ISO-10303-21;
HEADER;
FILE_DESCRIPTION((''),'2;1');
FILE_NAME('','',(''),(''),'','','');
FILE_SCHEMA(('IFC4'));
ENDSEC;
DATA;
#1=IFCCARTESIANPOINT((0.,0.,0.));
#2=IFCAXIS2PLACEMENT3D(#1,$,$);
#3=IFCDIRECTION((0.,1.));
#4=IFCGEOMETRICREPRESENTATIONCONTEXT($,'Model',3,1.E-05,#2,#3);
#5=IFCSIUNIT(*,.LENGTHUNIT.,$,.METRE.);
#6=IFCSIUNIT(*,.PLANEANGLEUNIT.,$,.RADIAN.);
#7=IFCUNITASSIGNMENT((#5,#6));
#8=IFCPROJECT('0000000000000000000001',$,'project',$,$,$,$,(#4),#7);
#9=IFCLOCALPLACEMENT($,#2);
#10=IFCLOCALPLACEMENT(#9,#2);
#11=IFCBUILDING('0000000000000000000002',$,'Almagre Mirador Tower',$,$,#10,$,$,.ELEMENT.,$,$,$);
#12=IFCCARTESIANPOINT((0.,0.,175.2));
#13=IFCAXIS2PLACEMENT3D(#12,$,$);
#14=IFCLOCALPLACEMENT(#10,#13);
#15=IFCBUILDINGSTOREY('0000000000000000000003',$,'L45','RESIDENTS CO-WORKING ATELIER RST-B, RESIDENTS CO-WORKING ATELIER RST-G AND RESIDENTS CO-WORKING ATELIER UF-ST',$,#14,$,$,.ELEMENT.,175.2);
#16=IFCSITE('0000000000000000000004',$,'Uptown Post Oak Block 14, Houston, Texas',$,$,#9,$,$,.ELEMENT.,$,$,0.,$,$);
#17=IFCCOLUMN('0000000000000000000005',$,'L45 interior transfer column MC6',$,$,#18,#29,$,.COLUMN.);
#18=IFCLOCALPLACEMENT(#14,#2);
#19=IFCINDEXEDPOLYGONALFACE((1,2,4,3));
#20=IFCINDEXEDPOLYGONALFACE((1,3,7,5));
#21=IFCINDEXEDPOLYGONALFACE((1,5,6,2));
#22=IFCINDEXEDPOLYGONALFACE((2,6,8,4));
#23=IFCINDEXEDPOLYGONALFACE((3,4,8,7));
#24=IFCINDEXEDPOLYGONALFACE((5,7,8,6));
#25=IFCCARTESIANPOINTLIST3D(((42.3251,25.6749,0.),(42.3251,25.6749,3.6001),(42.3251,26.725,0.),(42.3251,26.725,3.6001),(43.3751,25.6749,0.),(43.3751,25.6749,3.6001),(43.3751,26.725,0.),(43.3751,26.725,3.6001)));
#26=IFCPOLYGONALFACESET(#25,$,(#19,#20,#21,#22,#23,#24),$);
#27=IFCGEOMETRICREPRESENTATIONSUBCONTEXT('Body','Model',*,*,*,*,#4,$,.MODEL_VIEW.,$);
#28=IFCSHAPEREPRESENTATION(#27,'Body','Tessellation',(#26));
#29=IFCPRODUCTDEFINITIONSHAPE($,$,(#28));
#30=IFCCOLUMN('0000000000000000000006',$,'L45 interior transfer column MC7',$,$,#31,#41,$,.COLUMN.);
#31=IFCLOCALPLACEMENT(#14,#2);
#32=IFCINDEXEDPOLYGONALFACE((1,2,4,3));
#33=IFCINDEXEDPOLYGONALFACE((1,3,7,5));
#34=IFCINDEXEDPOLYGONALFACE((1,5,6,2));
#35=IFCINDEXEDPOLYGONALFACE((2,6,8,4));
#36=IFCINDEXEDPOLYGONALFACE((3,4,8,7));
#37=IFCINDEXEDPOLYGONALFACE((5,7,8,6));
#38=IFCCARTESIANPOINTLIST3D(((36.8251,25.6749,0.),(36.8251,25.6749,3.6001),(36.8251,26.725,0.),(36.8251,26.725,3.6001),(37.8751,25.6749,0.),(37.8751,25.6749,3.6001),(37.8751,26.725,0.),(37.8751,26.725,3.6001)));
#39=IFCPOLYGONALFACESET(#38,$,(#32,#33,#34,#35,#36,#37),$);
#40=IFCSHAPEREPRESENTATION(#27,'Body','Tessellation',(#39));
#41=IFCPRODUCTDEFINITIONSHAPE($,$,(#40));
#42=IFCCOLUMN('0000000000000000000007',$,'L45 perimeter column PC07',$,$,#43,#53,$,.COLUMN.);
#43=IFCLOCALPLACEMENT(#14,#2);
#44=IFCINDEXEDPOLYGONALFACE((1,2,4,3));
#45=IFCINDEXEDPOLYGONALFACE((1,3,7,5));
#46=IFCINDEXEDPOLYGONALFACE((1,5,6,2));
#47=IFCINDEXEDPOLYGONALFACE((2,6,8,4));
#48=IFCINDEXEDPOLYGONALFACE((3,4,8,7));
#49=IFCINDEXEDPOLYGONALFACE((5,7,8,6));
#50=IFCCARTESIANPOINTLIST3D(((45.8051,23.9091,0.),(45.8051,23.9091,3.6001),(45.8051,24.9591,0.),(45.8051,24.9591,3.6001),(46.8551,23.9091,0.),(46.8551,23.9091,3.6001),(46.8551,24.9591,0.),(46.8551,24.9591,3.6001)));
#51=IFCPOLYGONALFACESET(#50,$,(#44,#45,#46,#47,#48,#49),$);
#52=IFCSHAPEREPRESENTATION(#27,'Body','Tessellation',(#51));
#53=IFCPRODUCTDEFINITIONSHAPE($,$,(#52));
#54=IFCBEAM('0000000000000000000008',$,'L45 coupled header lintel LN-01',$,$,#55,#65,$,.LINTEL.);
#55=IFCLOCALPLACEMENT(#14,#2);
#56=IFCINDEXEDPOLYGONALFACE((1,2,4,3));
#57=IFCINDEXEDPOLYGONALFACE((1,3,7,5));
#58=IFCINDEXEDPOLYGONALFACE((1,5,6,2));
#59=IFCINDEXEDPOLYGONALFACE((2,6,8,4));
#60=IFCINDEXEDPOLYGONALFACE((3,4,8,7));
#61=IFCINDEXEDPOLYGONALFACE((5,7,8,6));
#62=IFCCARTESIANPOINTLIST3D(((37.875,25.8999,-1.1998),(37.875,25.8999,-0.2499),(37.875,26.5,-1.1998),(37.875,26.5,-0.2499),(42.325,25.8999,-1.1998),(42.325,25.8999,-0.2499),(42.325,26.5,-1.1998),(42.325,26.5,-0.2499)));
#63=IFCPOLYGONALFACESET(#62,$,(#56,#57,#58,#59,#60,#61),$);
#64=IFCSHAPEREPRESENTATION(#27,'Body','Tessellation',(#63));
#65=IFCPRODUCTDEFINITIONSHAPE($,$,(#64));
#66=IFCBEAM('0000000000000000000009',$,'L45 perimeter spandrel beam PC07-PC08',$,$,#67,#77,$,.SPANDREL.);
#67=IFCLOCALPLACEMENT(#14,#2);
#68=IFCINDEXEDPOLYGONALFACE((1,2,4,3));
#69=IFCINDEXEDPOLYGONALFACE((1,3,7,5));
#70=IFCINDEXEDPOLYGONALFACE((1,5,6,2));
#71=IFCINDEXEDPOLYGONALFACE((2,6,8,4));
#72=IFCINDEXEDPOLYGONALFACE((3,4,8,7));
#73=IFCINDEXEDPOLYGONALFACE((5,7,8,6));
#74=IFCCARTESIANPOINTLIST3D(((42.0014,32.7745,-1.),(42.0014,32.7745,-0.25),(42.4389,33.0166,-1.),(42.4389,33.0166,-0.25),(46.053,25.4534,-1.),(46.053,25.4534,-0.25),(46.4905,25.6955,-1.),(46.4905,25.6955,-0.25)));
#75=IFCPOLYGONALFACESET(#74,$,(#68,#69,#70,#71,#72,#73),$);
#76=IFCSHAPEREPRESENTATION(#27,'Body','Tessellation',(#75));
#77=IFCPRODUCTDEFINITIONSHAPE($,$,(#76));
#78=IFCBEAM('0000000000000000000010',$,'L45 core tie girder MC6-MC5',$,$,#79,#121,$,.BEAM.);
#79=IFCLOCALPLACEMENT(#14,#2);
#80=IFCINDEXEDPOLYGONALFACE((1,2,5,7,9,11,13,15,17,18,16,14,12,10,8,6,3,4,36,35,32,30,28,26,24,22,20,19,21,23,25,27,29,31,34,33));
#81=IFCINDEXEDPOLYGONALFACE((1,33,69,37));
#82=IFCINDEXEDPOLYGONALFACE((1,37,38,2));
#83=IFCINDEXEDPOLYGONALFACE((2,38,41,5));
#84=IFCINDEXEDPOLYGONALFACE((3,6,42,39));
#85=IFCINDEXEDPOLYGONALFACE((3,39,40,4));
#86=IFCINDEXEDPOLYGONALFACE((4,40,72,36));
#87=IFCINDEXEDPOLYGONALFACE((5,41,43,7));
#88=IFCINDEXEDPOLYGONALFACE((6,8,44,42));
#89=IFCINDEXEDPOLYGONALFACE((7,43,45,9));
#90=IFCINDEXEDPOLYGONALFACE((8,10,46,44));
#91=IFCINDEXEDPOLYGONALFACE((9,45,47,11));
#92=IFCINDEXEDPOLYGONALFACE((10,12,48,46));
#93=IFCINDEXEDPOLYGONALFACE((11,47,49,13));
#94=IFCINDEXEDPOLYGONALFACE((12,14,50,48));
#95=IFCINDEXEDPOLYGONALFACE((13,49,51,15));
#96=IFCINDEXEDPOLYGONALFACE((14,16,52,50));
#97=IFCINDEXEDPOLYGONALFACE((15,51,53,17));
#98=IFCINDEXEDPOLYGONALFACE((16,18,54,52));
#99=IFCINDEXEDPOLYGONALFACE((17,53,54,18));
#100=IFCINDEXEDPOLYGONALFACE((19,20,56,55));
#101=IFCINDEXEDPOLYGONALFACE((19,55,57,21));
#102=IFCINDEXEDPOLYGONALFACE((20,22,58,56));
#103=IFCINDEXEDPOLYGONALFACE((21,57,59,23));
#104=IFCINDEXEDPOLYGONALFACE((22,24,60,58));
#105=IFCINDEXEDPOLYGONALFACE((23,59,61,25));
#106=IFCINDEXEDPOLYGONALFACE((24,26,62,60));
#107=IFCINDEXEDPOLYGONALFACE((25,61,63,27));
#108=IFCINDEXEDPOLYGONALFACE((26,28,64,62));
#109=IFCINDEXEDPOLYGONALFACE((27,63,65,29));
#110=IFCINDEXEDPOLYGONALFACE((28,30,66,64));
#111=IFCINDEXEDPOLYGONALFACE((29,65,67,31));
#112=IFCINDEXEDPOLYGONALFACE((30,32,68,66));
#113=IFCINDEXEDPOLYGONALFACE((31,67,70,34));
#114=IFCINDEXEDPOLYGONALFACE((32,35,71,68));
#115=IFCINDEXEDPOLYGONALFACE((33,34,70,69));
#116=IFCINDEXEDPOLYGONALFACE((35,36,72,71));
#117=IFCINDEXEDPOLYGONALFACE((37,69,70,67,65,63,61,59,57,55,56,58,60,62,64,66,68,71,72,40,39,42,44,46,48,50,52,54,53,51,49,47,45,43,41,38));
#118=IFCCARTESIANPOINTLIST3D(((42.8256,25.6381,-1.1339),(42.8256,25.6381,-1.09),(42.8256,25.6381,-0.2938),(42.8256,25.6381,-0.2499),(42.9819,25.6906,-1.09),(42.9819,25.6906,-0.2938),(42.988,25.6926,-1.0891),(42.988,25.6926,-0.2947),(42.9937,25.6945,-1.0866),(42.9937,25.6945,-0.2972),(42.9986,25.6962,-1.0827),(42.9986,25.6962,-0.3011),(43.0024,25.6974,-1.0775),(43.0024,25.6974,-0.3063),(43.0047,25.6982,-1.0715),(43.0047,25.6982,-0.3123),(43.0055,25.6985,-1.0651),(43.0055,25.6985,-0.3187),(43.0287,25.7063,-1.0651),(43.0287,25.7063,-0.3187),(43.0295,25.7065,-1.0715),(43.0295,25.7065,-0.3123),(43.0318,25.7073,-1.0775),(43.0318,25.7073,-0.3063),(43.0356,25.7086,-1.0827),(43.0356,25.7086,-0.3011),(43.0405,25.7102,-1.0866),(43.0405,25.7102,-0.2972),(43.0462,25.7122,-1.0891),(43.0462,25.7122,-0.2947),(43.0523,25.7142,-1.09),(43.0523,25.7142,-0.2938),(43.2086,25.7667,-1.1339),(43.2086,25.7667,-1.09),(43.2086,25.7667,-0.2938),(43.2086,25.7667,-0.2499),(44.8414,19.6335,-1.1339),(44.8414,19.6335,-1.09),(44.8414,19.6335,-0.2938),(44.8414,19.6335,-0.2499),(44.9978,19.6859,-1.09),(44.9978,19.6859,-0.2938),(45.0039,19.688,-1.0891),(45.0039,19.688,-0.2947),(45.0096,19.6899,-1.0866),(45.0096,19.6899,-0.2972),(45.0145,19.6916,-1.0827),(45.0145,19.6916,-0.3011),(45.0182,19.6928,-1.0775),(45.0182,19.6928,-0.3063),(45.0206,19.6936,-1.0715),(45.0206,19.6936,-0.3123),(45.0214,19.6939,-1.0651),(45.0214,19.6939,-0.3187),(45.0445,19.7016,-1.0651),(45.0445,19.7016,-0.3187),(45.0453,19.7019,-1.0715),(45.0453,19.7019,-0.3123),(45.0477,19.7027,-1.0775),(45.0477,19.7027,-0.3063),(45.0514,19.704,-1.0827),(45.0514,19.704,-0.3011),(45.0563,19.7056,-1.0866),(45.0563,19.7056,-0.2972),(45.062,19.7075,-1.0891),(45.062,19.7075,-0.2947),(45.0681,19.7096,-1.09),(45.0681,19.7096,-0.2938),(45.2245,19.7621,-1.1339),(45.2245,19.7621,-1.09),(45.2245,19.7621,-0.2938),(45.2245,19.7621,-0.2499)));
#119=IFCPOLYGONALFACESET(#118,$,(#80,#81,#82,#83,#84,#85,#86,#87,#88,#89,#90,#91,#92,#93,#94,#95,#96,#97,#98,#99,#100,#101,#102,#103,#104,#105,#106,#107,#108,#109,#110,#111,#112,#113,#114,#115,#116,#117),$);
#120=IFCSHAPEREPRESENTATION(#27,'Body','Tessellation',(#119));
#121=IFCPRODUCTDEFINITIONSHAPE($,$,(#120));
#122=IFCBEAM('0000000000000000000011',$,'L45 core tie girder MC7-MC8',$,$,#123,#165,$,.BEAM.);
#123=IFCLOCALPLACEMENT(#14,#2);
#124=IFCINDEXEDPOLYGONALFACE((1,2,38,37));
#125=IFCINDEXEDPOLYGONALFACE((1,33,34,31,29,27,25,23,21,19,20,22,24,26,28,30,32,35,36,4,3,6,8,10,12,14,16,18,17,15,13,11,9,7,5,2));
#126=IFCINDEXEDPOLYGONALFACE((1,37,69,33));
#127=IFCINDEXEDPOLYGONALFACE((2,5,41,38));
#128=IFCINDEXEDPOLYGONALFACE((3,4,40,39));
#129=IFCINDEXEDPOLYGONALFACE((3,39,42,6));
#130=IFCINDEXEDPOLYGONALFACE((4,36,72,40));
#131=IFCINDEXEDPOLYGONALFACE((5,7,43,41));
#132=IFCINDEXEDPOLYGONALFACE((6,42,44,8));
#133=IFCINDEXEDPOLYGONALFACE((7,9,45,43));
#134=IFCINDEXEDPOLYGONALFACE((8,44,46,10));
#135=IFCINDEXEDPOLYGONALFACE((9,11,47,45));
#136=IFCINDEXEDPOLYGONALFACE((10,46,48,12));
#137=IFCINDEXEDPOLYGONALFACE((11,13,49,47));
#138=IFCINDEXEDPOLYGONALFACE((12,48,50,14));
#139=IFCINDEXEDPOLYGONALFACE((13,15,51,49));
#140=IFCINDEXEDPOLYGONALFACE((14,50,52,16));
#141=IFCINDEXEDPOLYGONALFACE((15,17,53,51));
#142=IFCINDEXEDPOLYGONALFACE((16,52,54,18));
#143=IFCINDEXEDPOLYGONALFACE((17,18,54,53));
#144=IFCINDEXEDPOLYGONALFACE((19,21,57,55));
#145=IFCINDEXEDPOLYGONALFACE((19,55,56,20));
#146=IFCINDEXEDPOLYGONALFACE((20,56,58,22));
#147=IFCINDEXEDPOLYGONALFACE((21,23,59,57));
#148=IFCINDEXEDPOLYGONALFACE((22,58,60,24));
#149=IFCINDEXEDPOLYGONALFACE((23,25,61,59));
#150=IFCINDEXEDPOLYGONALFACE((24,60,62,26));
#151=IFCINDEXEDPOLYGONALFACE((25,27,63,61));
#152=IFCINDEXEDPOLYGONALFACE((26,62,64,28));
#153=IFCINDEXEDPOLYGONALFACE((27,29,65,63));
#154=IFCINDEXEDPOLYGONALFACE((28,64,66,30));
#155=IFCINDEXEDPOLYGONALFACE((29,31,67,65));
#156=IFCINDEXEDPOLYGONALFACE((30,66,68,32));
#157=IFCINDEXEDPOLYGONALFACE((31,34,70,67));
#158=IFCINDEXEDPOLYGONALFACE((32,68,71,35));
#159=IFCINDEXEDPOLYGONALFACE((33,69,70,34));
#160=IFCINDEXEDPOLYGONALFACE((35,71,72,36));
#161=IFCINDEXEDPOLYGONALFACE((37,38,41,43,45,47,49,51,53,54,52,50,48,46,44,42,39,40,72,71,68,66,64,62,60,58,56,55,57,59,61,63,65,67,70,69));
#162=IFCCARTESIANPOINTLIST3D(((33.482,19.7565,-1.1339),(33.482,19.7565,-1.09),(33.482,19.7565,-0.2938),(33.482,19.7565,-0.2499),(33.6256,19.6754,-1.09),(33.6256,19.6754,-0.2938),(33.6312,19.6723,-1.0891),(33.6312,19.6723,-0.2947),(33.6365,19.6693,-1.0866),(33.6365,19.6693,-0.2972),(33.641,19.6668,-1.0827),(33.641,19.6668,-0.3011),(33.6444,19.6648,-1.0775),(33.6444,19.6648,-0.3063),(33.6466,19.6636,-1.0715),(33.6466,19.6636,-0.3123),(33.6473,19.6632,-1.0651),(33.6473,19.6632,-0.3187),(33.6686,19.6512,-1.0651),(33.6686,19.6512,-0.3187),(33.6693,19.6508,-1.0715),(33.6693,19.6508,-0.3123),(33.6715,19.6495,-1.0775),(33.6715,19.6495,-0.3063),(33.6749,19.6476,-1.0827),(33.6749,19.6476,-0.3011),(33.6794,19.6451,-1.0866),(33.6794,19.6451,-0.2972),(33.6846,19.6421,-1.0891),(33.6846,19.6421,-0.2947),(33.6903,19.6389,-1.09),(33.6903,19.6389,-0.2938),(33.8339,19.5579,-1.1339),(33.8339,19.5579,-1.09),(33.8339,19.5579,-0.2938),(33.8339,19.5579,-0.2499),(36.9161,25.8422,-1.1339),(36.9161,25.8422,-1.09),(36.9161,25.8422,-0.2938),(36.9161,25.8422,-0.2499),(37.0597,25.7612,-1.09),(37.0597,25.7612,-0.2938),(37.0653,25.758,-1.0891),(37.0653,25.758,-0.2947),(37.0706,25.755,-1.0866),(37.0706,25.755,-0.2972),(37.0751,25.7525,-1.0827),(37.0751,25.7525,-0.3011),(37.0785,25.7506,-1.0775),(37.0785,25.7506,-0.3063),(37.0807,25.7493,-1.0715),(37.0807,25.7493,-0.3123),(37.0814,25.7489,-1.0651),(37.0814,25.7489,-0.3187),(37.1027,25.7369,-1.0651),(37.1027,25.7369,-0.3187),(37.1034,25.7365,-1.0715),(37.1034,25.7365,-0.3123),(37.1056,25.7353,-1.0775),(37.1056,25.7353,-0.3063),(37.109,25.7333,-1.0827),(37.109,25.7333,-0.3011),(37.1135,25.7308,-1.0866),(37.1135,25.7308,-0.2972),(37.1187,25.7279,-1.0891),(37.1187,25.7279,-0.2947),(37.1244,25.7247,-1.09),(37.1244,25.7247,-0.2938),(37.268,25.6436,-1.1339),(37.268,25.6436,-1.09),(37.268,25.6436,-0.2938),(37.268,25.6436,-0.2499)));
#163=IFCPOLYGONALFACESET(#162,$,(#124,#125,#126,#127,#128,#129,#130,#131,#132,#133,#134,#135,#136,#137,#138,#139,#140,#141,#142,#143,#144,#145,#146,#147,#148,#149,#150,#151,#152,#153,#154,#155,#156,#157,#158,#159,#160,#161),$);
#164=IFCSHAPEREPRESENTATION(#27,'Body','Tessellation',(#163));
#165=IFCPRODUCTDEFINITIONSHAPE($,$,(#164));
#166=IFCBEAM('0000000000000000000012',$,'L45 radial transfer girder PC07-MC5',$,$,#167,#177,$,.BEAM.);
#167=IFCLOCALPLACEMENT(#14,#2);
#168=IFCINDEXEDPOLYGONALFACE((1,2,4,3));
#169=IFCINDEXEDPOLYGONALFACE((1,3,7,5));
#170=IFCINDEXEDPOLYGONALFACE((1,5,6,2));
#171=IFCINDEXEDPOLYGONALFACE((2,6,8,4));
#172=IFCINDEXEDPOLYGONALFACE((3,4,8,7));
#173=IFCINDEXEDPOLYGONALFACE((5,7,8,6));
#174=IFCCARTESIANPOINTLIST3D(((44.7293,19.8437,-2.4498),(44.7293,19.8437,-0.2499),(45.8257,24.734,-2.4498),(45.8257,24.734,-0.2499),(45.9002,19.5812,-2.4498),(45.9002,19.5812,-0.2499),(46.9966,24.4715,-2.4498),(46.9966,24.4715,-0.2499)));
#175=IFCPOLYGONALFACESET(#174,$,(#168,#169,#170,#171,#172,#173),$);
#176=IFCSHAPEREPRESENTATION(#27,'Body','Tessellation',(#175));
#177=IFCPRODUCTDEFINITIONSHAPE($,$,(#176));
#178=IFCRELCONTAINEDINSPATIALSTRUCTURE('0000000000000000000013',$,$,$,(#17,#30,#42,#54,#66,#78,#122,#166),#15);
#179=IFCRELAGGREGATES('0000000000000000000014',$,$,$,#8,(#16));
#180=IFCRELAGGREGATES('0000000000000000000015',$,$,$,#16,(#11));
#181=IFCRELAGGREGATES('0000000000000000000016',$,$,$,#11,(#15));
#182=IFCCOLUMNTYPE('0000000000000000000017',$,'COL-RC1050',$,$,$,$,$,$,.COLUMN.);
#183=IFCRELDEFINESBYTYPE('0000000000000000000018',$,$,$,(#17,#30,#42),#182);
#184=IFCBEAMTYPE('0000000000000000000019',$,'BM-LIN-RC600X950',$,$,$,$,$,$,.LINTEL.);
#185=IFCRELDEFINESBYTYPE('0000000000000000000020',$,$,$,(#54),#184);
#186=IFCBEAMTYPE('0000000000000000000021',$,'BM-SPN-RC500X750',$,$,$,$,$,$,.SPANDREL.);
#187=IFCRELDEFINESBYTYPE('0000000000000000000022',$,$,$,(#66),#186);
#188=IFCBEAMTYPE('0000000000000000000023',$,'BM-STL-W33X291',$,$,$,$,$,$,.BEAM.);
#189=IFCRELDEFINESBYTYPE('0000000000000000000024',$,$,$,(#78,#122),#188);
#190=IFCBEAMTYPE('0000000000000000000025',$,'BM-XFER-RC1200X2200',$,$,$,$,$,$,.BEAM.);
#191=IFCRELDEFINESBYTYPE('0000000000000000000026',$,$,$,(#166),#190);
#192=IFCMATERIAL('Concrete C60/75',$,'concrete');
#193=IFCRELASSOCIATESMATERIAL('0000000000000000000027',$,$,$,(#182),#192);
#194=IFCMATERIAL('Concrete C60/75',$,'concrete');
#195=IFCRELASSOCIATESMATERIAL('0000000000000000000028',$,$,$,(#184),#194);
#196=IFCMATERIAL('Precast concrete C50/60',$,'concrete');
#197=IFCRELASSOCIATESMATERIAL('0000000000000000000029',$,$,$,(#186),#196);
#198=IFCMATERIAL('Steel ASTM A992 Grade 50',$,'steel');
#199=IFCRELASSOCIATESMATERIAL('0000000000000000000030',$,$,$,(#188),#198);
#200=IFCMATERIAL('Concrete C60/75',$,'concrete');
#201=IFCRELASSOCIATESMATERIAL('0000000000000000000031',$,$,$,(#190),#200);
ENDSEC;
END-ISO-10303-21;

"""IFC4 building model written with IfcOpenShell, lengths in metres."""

from ifc_helpers import new_model, si_unit, direction, frame, origin, origin_2d, place, context, subcontext, project, spatial, rectangle, i_section, extrude, material, material_profile, profile_set, type_object, element, save


model = new_model("IFC4")

# Units and contexts
model_context = context("Model", 3, precision=1e-05, world=origin(), true_north=direction((0.0, 1.0)))
body_context = subcontext(model_context, "Body", "Model", "MODEL_VIEW")
ifc_project = project(units=[si_unit("LENGTHUNIT", "METRE"), si_unit("PLANEANGLEUNIT", "RADIAN")], contexts=[model_context])

# Site, building, storey
site_placement = place(None, origin())
site = spatial("IfcSite", under=ifc_project, at=site_placement, Name="Uptown Post Oak Block 14, Houston, Texas", CompositionType="ELEMENT", RefElevation=0.0)
building_placement = place(site_placement, origin())
building = spatial("IfcBuilding", under=site, at=building_placement, Name="Almagre Mirador Tower", CompositionType="ELEMENT")
storey_placement = place(building_placement, frame((0.0, 0.0, 175.2)))
storey = spatial("IfcBuildingStorey", under=building, at=storey_placement, Name="L45", Description="RESIDENTS CO-WORKING ATELIER RST-B, RESIDENTS CO-WORKING ATELIER RST-G AND RESIDENTS CO-WORKING ATELIER UF-ST", CompositionType="ELEMENT", Elevation=175.2)

# Columns
ifc_material_1 = material(Name="Concrete C60/75", Category="concrete")
ifc_material_profile_1 = material_profile(ifc_material_1, rectangle(XDim=1.05, YDim=1.05, at=origin_2d()), Name="RC1050X1050")
ifc_profile_set_1 = profile_set([ifc_material_profile_1], Name="Concrete C60/75")
column_type = type_object("IfcColumnType", Name="COL-RC1050", PredefinedType="COLUMN", material=ifc_profile_set_1)
for number, where, z_axis, x_axis, name in (
    (1, (42.8501, 26.2, 0.0), (0.0, 0.0, 1.0), (1.0, 0.0, 0.0), "L45 interior transfer column MC6"),
    (2, (37.3501, 26.2, 0.0), (0.0, 0.0, 1.0), (1.0, 0.0, 0.0), "L45 interior transfer column MC7"),
    (3, (46.3301, 24.4341, 0.0), (0.0, 0.0, 1.0), (1.0, 0.0, 0.0), "L45 perimeter column PC07"),
):
    element("IfcColumn", number, at=place(storey_placement, frame(where, z_axis=z_axis, x_axis=x_axis)), inside=storey, type_object=column_type, Name=name, PredefinedType="COLUMN", context=body_context, shape_type="SweptSolid", body=[
        extrude(rectangle(XDim=1.05, YDim=1.05, at=origin_2d()), origin(), (0.0, 0.0, 1.0), 3.6001),
    ])

# Beams
ifc_material_2 = material(Name="Concrete C60/75", Category="concrete")
ifc_material_profile_2 = material_profile(ifc_material_2, rectangle(XDim=0.6001, YDim=0.95, at=origin_2d()), Name="RC600X950")
ifc_profile_set_2 = profile_set([ifc_material_profile_2], Name="Concrete C60/75")
beam_type_1 = type_object("IfcBeamType", Name="BM-LIN-RC600X950", PredefinedType="LINTEL", material=ifc_profile_set_2)
beam_1_placement = place(storey_placement, frame((37.875, 26.2, -0.7249), z_axis=(1.0, 0.0, 0.0), x_axis=(0.0, 1.0, 0.0)))
element("IfcBeam", 4, at=beam_1_placement, inside=storey, type_object=beam_type_1, Name="L45 coupled header lintel LN-01", PredefinedType="LINTEL", context=body_context, shape_type="SweptSolid", body=[
    extrude(rectangle(XDim=0.6001, YDim=0.95, at=origin_2d()), origin(), (0.0, 0.0, 1.0), 4.45),
])
ifc_material_3 = material(Name="Precast concrete C50/60", Category="concrete")
ifc_material_profile_3 = material_profile(ifc_material_3, rectangle(XDim=0.5, YDim=0.75, at=origin_2d()), Name="RC500X750")
ifc_profile_set_3 = profile_set([ifc_material_profile_3], Name="Precast concrete C50/60")
beam_type_2 = type_object("IfcBeamType", Name="BM-SPN-RC500X750", PredefinedType="SPANDREL", material=ifc_profile_set_3)
beam_2_placement = place(storey_placement, frame((46.2717, 25.5745, -0.625), z_axis=(-0.484205, 0.874954, 0.0), x_axis=(-0.874954, -0.484205, 0.0)))
element("IfcBeam", 5, at=beam_2_placement, inside=storey, type_object=beam_type_2, Name="L45 perimeter spandrel beam PC07-PC08", PredefinedType="SPANDREL", context=body_context, shape_type="SweptSolid", body=[
    extrude(rectangle(XDim=0.5, YDim=0.75, at=origin_2d()), origin(), (0.0, 0.0, 1.0), 8.3674),
])
ifc_material_4 = material(Name="Steel ASTM A992 Grade 50", Category="steel")
ifc_material_profile_4 = material_profile(ifc_material_4, i_section(OverallWidth=0.4041, OverallDepth=0.884, WebThickness=0.0244, FlangeThickness=0.0439, FilletRadius=0.0249, at=origin_2d()), Name="W33X291")
ifc_profile_set_4 = profile_set([ifc_material_profile_4], Name="Steel ASTM A992 Grade 50")
beam_type_3 = type_object("IfcBeamType", Name="BM-STL-W33X291", PredefinedType="BEAM", material=ifc_profile_set_4)
beam_3_placement = place(storey_placement, frame((43.0171, 25.7024, -0.6919), z_axis=(0.318262, -0.948003, 0.0), x_axis=(0.948003, 0.318262, 0.0)))
element("IfcBeam", 6, at=beam_3_placement, inside=storey, type_object=beam_type_3, Name="L45 core tie girder MC6-MC5", PredefinedType="BEAM", context=body_context, shape_type="SweptSolid", body=[
    extrude(i_section(OverallWidth=0.4041, OverallDepth=0.884, WebThickness=0.0244, FlangeThickness=0.0439, FilletRadius=0.0249, at=origin_2d()), origin(), (0.0, 0.0, 1.0), 6.334),
])
beam_4_placement = place(storey_placement, frame((37.092, 25.7429, -0.6919), z_axis=(-0.491444, -0.870909, 0.0), x_axis=(0.870909, -0.491444, 0.0)))
element("IfcBeam", 7, at=beam_4_placement, inside=storey, type_object=beam_type_3, Name="L45 core tie girder MC7-MC8", PredefinedType="BEAM", context=body_context, shape_type="SweptSolid", body=[
    extrude(i_section(OverallWidth=0.4041, OverallDepth=0.884, WebThickness=0.0244, FlangeThickness=0.0439, FilletRadius=0.0249, at=origin_2d()), origin(), (0.0, 0.0, 1.0), 6.9878),
])
ifc_material_5 = material(Name="Concrete C60/75", Category="concrete")
ifc_material_profile_5 = material_profile(ifc_material_5, rectangle(XDim=1.2, YDim=2.2, at=origin_2d()), Name="RC1200X2200")
ifc_profile_set_5 = profile_set([ifc_material_profile_5], Name="Concrete C60/75")
beam_type_4 = type_object("IfcBeamType", Name="BM-XFER-RC1200X2200", PredefinedType="BEAM", material=ifc_profile_set_5)
beam_5_placement = place(storey_placement, frame((46.4111, 24.6028, -1.3499), z_axis=(-0.218771, -0.975776, 0.0), x_axis=(0.975776, -0.218771, 0.0)))
element("IfcBeam", 8, at=beam_5_placement, inside=storey, type_object=beam_type_4, Name="L45 radial transfer girder PC07-MC5", PredefinedType="BEAM", context=body_context, shape_type="SweptSolid", body=[
    extrude(rectangle(XDim=1.2, YDim=2.2, at=origin_2d()), origin(), (0.0, 0.0, 1.0), 5.0117),
])

save(model, "model.ifc")
